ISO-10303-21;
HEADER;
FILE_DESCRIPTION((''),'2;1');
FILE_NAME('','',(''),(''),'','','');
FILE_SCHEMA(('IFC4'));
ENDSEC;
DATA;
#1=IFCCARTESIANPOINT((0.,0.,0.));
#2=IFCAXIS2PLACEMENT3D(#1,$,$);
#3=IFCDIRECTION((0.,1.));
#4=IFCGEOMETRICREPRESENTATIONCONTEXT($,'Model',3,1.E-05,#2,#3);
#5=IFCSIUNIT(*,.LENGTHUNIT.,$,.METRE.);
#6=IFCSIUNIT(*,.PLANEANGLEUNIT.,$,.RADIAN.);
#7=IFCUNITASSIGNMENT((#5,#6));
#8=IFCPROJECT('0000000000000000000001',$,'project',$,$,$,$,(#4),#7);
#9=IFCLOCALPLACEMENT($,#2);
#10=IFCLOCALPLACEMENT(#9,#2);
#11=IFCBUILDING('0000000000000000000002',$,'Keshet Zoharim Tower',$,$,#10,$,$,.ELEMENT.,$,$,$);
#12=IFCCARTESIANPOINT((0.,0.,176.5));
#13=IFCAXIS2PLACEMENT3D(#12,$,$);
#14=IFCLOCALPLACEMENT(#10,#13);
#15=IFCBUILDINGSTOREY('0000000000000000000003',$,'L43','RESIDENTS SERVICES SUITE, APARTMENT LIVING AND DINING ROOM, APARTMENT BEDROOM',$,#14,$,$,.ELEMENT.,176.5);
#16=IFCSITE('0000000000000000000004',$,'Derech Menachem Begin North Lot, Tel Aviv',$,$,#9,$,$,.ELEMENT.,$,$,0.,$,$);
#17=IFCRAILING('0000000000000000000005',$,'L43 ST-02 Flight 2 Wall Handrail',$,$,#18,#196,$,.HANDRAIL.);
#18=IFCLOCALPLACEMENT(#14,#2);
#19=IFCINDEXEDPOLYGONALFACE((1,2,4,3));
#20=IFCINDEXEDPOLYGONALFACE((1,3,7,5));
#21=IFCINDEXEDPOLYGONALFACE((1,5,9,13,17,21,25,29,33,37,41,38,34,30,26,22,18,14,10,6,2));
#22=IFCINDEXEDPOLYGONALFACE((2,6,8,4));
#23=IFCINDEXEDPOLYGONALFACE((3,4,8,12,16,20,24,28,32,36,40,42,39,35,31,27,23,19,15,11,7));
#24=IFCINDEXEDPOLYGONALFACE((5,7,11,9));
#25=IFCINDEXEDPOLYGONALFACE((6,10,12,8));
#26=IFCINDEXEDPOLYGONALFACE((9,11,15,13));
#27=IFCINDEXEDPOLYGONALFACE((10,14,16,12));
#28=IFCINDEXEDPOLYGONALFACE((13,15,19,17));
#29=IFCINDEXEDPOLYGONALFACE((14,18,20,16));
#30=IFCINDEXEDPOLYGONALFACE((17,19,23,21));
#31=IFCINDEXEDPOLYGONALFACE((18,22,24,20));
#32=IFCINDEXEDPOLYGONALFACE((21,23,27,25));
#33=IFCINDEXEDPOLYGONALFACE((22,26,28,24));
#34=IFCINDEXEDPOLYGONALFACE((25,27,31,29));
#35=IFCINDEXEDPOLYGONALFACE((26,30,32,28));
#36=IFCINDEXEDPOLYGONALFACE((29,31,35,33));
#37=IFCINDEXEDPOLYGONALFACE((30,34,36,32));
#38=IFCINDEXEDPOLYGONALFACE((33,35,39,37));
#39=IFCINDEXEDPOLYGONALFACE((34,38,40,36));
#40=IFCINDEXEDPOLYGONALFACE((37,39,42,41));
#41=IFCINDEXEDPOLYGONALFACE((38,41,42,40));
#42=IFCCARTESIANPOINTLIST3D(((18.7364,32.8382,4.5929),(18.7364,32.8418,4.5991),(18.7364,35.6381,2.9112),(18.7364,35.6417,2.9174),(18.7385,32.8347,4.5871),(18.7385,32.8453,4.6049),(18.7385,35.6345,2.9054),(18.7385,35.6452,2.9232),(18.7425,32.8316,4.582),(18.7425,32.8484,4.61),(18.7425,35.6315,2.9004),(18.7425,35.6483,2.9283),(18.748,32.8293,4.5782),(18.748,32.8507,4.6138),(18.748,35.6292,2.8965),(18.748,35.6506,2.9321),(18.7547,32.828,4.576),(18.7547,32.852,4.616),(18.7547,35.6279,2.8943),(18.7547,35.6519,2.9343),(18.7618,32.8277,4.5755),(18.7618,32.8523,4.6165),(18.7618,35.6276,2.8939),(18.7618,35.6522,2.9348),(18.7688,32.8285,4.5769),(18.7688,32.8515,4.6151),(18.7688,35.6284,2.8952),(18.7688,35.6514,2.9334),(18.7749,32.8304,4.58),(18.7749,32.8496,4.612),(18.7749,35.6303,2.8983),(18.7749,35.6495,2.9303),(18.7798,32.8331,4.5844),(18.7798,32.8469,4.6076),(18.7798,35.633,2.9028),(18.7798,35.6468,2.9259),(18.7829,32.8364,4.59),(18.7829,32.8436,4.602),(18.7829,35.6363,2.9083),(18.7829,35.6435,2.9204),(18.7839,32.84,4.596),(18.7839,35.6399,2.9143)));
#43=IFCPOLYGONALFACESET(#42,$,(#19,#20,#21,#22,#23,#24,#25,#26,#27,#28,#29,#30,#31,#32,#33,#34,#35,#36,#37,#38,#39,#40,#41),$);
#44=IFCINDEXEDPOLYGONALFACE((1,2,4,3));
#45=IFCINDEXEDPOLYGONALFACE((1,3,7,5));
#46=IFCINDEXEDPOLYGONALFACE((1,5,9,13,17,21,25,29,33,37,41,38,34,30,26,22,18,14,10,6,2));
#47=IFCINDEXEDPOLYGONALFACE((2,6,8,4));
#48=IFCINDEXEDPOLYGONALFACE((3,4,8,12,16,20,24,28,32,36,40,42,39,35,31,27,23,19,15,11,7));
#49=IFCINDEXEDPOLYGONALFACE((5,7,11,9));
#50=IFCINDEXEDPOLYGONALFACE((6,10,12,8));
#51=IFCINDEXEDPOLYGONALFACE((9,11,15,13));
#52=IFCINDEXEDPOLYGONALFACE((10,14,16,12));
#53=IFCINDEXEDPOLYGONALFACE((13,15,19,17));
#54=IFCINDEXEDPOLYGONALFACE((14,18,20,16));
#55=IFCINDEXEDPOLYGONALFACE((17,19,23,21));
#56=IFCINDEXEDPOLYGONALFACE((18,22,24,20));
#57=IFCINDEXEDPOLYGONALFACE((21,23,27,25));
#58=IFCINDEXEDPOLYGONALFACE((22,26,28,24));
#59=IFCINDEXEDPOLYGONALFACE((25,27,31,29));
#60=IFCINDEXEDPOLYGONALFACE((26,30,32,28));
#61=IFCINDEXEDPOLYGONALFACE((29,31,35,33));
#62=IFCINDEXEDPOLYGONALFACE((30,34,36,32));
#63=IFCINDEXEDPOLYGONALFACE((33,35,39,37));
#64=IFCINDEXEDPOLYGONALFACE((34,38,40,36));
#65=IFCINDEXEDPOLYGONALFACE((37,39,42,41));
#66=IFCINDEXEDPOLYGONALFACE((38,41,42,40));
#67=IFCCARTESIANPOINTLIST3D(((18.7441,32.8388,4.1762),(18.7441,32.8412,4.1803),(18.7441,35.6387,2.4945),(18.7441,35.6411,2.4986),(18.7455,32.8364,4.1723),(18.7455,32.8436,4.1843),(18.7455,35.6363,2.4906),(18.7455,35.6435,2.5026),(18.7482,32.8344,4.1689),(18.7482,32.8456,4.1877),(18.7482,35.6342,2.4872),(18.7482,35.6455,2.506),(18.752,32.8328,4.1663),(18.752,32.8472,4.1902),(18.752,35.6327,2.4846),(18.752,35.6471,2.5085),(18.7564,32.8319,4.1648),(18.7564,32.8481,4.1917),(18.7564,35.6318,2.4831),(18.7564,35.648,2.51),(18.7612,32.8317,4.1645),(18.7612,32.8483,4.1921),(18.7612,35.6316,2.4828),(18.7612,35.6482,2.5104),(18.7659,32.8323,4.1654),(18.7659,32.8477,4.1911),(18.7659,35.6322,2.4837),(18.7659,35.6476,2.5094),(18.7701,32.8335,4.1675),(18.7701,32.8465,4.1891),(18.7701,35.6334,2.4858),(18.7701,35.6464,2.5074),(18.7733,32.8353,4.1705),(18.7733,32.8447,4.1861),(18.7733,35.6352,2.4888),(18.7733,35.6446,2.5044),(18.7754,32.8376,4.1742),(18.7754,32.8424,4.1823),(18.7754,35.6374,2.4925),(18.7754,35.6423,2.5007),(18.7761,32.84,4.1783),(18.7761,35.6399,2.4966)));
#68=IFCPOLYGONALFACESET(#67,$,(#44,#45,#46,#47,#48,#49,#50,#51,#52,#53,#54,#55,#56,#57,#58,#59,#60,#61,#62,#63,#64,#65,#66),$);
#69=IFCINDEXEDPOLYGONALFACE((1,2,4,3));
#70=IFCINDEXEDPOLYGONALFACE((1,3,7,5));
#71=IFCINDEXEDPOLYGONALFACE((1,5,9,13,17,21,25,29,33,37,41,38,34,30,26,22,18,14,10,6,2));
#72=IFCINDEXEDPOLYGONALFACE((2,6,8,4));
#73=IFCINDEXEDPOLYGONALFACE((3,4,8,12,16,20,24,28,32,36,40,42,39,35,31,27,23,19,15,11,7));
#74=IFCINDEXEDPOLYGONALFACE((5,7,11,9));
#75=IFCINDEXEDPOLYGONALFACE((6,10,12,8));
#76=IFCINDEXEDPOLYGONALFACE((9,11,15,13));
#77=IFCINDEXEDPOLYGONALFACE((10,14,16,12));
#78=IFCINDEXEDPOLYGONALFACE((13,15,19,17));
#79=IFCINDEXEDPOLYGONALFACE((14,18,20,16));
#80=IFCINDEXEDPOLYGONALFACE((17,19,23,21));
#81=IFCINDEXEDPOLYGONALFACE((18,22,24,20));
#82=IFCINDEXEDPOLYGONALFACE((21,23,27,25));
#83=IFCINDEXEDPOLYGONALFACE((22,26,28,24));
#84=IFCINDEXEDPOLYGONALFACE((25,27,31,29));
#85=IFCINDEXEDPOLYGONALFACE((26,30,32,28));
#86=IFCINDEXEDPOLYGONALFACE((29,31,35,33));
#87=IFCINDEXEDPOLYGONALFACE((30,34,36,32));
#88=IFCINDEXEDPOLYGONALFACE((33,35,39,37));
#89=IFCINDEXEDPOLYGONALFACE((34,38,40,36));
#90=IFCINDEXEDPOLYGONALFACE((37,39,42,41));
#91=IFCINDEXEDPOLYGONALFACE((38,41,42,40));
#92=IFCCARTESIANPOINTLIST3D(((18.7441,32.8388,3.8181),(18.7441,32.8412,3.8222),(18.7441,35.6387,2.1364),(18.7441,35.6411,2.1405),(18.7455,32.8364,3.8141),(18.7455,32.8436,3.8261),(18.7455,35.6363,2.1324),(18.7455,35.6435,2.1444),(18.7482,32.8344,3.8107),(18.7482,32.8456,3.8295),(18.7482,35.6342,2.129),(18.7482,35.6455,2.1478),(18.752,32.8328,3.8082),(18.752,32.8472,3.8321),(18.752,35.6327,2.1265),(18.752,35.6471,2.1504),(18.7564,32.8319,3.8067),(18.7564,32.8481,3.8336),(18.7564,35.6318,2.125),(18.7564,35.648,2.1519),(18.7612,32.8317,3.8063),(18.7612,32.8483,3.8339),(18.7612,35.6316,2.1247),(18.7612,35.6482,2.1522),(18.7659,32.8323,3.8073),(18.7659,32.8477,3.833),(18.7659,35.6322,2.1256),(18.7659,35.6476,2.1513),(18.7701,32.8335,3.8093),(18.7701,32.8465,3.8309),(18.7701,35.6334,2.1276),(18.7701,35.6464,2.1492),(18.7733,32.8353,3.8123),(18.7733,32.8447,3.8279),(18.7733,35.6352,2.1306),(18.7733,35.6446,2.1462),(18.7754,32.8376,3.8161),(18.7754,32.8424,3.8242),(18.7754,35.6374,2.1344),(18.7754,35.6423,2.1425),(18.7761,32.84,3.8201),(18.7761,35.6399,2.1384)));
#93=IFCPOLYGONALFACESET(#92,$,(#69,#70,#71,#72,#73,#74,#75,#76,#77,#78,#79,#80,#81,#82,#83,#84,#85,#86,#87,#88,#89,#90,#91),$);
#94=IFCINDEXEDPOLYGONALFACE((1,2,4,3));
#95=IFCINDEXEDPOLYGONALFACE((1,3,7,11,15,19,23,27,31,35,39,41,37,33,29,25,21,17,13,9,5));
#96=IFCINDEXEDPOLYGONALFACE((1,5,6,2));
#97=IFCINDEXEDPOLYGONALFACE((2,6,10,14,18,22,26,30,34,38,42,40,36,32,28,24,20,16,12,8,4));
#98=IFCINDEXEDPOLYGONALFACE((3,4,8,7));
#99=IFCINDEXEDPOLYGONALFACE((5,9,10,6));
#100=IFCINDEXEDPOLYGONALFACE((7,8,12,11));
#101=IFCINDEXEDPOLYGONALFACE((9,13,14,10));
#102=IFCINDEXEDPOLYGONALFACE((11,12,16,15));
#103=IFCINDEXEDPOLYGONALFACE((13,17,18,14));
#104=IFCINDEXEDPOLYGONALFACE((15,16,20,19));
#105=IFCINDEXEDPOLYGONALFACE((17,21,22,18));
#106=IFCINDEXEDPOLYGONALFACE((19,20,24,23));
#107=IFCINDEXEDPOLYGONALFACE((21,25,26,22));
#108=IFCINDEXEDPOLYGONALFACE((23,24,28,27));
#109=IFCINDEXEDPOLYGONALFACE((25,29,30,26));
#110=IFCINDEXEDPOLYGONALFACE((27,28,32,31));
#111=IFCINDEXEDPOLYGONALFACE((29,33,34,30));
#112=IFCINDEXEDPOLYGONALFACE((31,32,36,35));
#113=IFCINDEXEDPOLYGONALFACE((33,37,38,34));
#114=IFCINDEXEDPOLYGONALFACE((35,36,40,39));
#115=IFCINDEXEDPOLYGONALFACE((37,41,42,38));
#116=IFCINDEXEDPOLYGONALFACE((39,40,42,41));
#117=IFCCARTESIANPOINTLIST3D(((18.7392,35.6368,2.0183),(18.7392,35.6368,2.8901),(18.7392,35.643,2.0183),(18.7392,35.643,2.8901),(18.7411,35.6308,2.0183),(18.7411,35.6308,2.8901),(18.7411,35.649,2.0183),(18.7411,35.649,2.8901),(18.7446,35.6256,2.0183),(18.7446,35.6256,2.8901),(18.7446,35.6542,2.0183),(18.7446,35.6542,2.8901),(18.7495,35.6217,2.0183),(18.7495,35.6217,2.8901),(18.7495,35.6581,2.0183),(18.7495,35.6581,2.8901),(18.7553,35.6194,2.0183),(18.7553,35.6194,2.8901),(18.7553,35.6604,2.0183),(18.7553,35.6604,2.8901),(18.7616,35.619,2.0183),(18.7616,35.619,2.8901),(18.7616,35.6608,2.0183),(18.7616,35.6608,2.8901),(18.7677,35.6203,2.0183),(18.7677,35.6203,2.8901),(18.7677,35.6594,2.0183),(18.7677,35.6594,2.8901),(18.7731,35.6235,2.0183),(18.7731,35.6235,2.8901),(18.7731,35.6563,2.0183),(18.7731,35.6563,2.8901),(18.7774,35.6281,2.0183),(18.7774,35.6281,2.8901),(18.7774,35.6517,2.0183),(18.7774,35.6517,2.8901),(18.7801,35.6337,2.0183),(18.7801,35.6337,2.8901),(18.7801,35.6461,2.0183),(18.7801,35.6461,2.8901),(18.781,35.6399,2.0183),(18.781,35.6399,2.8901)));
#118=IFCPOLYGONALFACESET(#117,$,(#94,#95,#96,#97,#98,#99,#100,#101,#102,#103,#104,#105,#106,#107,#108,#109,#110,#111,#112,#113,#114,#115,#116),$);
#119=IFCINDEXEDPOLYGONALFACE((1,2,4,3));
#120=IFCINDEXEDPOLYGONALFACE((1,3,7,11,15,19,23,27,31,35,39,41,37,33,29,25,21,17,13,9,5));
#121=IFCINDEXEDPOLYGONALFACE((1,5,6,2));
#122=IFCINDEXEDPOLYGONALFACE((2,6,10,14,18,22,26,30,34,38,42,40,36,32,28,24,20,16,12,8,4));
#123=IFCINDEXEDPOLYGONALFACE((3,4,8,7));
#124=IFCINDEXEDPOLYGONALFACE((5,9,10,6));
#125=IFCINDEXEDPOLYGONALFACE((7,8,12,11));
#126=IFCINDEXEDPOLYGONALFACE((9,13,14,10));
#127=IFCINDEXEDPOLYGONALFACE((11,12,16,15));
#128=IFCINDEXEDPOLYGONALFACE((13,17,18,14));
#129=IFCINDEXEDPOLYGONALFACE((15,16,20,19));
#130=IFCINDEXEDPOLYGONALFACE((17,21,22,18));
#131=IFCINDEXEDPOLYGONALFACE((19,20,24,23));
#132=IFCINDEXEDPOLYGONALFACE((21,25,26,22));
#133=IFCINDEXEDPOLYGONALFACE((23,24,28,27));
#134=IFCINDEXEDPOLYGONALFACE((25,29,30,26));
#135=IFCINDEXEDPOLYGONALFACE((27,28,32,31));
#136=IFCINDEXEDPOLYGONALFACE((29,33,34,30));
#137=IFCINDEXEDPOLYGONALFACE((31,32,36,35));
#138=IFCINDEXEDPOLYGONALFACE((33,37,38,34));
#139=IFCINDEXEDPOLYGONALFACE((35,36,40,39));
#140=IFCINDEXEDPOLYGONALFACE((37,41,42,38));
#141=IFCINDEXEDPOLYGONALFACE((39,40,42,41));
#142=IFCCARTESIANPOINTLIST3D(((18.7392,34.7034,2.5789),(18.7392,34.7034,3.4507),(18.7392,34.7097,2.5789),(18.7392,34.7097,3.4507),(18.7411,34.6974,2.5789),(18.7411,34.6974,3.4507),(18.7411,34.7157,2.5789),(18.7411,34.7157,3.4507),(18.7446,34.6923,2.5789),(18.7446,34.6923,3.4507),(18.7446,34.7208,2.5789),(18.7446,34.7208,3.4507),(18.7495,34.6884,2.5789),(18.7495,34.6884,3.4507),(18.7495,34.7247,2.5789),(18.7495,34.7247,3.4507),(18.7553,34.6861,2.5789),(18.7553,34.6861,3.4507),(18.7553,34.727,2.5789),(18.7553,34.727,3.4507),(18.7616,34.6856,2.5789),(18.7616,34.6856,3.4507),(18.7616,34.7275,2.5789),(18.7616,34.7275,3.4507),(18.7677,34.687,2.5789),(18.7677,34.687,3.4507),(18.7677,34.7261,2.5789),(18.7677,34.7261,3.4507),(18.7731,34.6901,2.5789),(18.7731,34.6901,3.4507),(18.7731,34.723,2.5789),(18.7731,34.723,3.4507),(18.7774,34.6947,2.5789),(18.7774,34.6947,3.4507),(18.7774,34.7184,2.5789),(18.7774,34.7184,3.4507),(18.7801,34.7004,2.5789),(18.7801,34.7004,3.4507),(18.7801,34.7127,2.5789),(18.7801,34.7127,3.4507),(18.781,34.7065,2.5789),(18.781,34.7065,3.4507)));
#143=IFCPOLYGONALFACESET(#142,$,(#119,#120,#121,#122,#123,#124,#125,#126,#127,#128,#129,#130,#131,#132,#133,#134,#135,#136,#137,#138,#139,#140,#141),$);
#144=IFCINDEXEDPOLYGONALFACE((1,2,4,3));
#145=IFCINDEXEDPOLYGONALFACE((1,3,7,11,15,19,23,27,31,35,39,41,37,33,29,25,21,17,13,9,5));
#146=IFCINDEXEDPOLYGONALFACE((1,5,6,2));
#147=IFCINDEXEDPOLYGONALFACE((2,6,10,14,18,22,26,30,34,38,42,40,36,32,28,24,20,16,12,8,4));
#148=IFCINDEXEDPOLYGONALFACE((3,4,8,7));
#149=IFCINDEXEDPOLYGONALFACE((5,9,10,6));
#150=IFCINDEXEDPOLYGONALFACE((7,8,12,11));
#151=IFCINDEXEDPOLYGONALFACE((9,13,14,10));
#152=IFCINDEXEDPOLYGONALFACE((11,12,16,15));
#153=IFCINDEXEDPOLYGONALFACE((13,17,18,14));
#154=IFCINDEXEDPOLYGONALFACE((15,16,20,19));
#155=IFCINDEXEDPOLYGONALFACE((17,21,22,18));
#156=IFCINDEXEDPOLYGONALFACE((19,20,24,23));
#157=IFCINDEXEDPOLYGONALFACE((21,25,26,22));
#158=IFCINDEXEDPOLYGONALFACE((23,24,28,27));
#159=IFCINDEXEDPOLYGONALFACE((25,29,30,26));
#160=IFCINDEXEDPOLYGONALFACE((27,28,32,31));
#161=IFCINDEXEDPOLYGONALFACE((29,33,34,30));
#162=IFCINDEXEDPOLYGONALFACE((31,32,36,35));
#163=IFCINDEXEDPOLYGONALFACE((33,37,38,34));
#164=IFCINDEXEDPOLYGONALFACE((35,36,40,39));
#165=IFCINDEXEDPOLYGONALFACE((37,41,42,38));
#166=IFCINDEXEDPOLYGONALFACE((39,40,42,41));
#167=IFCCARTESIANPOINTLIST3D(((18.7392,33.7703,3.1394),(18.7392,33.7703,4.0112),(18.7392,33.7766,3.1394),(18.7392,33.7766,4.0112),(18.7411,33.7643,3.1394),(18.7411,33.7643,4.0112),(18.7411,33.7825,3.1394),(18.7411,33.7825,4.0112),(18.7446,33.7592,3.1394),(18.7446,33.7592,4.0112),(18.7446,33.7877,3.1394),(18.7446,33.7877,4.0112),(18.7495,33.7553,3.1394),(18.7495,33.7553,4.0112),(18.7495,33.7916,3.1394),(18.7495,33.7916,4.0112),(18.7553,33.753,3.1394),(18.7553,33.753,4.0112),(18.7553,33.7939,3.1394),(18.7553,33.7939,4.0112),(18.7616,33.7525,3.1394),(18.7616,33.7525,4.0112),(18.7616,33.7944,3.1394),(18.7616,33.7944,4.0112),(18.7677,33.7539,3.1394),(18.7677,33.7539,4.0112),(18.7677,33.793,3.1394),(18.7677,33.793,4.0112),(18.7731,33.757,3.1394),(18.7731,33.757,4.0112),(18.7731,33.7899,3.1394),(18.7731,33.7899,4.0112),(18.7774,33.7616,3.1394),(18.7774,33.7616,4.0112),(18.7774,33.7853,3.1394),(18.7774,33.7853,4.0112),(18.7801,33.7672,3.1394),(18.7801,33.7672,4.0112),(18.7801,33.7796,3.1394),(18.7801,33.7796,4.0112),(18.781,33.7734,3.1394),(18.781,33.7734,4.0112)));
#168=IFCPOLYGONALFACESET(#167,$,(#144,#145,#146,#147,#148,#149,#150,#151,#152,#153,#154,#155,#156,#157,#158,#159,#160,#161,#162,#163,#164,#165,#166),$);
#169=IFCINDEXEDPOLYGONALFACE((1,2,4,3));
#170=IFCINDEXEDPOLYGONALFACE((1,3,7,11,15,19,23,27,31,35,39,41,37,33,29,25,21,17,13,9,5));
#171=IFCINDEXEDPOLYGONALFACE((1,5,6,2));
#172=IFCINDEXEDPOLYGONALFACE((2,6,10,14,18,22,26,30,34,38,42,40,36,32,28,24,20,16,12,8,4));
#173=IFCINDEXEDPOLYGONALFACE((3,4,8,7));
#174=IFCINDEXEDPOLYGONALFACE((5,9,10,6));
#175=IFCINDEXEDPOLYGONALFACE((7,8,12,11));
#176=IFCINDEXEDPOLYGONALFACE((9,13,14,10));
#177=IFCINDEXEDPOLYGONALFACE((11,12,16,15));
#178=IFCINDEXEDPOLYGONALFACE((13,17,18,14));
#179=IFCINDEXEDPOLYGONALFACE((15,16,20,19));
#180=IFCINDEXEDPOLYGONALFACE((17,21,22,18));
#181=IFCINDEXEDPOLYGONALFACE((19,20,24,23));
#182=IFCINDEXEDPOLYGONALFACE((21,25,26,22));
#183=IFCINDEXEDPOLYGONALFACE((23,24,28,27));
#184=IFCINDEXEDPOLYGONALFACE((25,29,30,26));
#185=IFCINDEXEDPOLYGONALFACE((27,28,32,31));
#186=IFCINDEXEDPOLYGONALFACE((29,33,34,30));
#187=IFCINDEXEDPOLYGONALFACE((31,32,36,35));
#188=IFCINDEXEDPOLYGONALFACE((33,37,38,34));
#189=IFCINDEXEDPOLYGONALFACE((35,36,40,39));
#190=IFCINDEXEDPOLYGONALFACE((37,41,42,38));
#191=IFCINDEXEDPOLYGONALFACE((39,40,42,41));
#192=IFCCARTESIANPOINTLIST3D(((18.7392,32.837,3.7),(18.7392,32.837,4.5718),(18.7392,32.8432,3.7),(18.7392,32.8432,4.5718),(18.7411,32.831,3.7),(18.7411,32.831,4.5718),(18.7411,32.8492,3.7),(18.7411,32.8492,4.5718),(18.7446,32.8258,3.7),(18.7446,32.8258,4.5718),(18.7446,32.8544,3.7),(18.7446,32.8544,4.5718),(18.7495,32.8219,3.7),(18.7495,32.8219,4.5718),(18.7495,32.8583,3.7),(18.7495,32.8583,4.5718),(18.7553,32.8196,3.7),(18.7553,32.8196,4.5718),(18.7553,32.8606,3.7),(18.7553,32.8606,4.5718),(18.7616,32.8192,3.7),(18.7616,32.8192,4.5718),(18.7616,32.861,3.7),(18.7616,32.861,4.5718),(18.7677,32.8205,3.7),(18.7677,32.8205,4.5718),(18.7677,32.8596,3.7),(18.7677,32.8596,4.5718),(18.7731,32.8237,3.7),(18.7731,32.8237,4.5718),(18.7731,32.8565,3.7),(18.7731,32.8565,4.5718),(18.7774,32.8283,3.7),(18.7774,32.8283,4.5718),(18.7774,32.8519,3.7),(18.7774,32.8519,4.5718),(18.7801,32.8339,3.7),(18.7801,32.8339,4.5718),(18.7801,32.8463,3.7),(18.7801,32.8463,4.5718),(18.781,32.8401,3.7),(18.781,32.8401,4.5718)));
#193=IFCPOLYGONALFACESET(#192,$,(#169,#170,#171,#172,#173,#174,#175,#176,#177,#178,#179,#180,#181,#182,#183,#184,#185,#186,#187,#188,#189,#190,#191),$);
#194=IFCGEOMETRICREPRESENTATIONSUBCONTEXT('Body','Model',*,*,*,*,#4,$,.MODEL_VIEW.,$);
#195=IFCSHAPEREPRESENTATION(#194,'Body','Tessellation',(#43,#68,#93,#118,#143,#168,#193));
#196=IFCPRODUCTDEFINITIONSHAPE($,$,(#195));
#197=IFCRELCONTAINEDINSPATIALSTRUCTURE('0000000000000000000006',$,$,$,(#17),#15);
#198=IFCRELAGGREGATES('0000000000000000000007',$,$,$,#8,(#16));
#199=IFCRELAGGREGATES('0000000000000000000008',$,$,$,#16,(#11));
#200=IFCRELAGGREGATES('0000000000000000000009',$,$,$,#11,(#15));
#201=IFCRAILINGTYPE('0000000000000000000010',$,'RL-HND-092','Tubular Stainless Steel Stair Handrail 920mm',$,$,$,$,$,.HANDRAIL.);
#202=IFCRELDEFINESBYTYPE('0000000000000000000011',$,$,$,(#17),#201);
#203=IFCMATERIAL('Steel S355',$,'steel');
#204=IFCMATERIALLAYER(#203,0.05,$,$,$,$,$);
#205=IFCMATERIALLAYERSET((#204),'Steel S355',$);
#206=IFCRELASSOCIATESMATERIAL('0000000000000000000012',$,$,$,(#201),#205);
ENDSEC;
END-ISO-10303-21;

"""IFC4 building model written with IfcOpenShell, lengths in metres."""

from ifc_helpers import new_model, si_unit, direction, frame, origin, origin_2d, place, context, subcontext, project, spatial, circle, extrude, material, layer, layer_set, type_object, element, save


model = new_model("IFC4")

# Units and contexts
model_context = context("Model", 3, precision=1e-05, world=origin(), true_north=direction((0.0, 1.0)))
body_context = subcontext(model_context, "Body", "Model", "MODEL_VIEW")
ifc_project = project(units=[si_unit("LENGTHUNIT", "METRE"), si_unit("PLANEANGLEUNIT", "RADIAN")], contexts=[model_context])

# Site, building, storey
site_placement = place(None, origin())
site = spatial("IfcSite", under=ifc_project, at=site_placement, Name="Derech Menachem Begin North Lot, Tel Aviv", CompositionType="ELEMENT", RefElevation=0.0)
building_placement = place(site_placement, origin())
building = spatial("IfcBuilding", under=site, at=building_placement, Name="Keshet Zoharim Tower", CompositionType="ELEMENT")
storey_placement = place(building_placement, frame((0.0, 0.0, 176.5)))
storey = spatial("IfcBuildingStorey", under=building, at=storey_placement, Name="L43", Description="RESIDENTS SERVICES SUITE, APARTMENT LIVING AND DINING ROOM, APARTMENT BEDROOM", CompositionType="ELEMENT", Elevation=176.5)

# Shared definitions
ifc_material_1 = material(Name="Steel S355", Category="steel")

# Railing
ifc_layer_1 = layer(ifc_material_1, 0.05)
ifc_layer_set_1 = layer_set([ifc_layer_1], Name="Steel S355")
railing_type_1 = type_object("IfcRailingType", Name="RL-HND-092", Description="Tubular Stainless Steel Stair Handrail 920mm", PredefinedType="HANDRAIL", material=ifc_layer_set_1)
railing_1_placement = place(storey_placement, frame((18.76, 35.6399, 2.0183)))
element("IfcRailing", 1, at=railing_1_placement, inside=storey, type_object=railing_type_1, Name="L43 ST-02 Flight 2 Wall Handrail", PredefinedType="HANDRAIL", context=body_context, shape_type="SweptSolid", body=[
    extrude(circle(Radius=0.0239, at=origin_2d()), frame((0.0, 0.0, 0.896), z_axis=(0.0, -0.857255, 0.514891), x_axis=(1.0, 0.0, 0.0)), (0.0, 0.0, 1.0), 3.2661),
    extrude(circle(Radius=0.0161, at=origin_2d()), frame((0.0, 0.0, 0.4783), z_axis=(0.0, -0.857255, 0.514891), x_axis=(1.0, 0.0, 0.0)), (0.0, 0.0, 1.0), 3.2661),
    extrude(circle(Radius=0.0161, at=origin_2d()), frame((0.0, 0.0, 0.1201), z_axis=(0.0, -0.857255, 0.514891), x_axis=(1.0, 0.0, 0.0)), (0.0, 0.0, 1.0), 3.2661),
    extrude(circle(Radius=0.021, at=origin_2d()), origin(), (0.0, 0.0, 1.0), 0.8718),
    extrude(circle(Radius=0.021, at=origin_2d()), frame((0.0, -0.9333, 0.5605)), (0.0, 0.0, 1.0), 0.8718),
    extrude(circle(Radius=0.021, at=origin_2d()), frame((0.0, -1.8665, 1.1211)), (0.0, 0.0, 1.0), 0.8718),
    extrude(circle(Radius=0.021, at=origin_2d()), frame((0.0, -2.7998, 1.6816)), (0.0, 0.0, 1.0), 0.8718),
])

save(model, "model.ifc")
